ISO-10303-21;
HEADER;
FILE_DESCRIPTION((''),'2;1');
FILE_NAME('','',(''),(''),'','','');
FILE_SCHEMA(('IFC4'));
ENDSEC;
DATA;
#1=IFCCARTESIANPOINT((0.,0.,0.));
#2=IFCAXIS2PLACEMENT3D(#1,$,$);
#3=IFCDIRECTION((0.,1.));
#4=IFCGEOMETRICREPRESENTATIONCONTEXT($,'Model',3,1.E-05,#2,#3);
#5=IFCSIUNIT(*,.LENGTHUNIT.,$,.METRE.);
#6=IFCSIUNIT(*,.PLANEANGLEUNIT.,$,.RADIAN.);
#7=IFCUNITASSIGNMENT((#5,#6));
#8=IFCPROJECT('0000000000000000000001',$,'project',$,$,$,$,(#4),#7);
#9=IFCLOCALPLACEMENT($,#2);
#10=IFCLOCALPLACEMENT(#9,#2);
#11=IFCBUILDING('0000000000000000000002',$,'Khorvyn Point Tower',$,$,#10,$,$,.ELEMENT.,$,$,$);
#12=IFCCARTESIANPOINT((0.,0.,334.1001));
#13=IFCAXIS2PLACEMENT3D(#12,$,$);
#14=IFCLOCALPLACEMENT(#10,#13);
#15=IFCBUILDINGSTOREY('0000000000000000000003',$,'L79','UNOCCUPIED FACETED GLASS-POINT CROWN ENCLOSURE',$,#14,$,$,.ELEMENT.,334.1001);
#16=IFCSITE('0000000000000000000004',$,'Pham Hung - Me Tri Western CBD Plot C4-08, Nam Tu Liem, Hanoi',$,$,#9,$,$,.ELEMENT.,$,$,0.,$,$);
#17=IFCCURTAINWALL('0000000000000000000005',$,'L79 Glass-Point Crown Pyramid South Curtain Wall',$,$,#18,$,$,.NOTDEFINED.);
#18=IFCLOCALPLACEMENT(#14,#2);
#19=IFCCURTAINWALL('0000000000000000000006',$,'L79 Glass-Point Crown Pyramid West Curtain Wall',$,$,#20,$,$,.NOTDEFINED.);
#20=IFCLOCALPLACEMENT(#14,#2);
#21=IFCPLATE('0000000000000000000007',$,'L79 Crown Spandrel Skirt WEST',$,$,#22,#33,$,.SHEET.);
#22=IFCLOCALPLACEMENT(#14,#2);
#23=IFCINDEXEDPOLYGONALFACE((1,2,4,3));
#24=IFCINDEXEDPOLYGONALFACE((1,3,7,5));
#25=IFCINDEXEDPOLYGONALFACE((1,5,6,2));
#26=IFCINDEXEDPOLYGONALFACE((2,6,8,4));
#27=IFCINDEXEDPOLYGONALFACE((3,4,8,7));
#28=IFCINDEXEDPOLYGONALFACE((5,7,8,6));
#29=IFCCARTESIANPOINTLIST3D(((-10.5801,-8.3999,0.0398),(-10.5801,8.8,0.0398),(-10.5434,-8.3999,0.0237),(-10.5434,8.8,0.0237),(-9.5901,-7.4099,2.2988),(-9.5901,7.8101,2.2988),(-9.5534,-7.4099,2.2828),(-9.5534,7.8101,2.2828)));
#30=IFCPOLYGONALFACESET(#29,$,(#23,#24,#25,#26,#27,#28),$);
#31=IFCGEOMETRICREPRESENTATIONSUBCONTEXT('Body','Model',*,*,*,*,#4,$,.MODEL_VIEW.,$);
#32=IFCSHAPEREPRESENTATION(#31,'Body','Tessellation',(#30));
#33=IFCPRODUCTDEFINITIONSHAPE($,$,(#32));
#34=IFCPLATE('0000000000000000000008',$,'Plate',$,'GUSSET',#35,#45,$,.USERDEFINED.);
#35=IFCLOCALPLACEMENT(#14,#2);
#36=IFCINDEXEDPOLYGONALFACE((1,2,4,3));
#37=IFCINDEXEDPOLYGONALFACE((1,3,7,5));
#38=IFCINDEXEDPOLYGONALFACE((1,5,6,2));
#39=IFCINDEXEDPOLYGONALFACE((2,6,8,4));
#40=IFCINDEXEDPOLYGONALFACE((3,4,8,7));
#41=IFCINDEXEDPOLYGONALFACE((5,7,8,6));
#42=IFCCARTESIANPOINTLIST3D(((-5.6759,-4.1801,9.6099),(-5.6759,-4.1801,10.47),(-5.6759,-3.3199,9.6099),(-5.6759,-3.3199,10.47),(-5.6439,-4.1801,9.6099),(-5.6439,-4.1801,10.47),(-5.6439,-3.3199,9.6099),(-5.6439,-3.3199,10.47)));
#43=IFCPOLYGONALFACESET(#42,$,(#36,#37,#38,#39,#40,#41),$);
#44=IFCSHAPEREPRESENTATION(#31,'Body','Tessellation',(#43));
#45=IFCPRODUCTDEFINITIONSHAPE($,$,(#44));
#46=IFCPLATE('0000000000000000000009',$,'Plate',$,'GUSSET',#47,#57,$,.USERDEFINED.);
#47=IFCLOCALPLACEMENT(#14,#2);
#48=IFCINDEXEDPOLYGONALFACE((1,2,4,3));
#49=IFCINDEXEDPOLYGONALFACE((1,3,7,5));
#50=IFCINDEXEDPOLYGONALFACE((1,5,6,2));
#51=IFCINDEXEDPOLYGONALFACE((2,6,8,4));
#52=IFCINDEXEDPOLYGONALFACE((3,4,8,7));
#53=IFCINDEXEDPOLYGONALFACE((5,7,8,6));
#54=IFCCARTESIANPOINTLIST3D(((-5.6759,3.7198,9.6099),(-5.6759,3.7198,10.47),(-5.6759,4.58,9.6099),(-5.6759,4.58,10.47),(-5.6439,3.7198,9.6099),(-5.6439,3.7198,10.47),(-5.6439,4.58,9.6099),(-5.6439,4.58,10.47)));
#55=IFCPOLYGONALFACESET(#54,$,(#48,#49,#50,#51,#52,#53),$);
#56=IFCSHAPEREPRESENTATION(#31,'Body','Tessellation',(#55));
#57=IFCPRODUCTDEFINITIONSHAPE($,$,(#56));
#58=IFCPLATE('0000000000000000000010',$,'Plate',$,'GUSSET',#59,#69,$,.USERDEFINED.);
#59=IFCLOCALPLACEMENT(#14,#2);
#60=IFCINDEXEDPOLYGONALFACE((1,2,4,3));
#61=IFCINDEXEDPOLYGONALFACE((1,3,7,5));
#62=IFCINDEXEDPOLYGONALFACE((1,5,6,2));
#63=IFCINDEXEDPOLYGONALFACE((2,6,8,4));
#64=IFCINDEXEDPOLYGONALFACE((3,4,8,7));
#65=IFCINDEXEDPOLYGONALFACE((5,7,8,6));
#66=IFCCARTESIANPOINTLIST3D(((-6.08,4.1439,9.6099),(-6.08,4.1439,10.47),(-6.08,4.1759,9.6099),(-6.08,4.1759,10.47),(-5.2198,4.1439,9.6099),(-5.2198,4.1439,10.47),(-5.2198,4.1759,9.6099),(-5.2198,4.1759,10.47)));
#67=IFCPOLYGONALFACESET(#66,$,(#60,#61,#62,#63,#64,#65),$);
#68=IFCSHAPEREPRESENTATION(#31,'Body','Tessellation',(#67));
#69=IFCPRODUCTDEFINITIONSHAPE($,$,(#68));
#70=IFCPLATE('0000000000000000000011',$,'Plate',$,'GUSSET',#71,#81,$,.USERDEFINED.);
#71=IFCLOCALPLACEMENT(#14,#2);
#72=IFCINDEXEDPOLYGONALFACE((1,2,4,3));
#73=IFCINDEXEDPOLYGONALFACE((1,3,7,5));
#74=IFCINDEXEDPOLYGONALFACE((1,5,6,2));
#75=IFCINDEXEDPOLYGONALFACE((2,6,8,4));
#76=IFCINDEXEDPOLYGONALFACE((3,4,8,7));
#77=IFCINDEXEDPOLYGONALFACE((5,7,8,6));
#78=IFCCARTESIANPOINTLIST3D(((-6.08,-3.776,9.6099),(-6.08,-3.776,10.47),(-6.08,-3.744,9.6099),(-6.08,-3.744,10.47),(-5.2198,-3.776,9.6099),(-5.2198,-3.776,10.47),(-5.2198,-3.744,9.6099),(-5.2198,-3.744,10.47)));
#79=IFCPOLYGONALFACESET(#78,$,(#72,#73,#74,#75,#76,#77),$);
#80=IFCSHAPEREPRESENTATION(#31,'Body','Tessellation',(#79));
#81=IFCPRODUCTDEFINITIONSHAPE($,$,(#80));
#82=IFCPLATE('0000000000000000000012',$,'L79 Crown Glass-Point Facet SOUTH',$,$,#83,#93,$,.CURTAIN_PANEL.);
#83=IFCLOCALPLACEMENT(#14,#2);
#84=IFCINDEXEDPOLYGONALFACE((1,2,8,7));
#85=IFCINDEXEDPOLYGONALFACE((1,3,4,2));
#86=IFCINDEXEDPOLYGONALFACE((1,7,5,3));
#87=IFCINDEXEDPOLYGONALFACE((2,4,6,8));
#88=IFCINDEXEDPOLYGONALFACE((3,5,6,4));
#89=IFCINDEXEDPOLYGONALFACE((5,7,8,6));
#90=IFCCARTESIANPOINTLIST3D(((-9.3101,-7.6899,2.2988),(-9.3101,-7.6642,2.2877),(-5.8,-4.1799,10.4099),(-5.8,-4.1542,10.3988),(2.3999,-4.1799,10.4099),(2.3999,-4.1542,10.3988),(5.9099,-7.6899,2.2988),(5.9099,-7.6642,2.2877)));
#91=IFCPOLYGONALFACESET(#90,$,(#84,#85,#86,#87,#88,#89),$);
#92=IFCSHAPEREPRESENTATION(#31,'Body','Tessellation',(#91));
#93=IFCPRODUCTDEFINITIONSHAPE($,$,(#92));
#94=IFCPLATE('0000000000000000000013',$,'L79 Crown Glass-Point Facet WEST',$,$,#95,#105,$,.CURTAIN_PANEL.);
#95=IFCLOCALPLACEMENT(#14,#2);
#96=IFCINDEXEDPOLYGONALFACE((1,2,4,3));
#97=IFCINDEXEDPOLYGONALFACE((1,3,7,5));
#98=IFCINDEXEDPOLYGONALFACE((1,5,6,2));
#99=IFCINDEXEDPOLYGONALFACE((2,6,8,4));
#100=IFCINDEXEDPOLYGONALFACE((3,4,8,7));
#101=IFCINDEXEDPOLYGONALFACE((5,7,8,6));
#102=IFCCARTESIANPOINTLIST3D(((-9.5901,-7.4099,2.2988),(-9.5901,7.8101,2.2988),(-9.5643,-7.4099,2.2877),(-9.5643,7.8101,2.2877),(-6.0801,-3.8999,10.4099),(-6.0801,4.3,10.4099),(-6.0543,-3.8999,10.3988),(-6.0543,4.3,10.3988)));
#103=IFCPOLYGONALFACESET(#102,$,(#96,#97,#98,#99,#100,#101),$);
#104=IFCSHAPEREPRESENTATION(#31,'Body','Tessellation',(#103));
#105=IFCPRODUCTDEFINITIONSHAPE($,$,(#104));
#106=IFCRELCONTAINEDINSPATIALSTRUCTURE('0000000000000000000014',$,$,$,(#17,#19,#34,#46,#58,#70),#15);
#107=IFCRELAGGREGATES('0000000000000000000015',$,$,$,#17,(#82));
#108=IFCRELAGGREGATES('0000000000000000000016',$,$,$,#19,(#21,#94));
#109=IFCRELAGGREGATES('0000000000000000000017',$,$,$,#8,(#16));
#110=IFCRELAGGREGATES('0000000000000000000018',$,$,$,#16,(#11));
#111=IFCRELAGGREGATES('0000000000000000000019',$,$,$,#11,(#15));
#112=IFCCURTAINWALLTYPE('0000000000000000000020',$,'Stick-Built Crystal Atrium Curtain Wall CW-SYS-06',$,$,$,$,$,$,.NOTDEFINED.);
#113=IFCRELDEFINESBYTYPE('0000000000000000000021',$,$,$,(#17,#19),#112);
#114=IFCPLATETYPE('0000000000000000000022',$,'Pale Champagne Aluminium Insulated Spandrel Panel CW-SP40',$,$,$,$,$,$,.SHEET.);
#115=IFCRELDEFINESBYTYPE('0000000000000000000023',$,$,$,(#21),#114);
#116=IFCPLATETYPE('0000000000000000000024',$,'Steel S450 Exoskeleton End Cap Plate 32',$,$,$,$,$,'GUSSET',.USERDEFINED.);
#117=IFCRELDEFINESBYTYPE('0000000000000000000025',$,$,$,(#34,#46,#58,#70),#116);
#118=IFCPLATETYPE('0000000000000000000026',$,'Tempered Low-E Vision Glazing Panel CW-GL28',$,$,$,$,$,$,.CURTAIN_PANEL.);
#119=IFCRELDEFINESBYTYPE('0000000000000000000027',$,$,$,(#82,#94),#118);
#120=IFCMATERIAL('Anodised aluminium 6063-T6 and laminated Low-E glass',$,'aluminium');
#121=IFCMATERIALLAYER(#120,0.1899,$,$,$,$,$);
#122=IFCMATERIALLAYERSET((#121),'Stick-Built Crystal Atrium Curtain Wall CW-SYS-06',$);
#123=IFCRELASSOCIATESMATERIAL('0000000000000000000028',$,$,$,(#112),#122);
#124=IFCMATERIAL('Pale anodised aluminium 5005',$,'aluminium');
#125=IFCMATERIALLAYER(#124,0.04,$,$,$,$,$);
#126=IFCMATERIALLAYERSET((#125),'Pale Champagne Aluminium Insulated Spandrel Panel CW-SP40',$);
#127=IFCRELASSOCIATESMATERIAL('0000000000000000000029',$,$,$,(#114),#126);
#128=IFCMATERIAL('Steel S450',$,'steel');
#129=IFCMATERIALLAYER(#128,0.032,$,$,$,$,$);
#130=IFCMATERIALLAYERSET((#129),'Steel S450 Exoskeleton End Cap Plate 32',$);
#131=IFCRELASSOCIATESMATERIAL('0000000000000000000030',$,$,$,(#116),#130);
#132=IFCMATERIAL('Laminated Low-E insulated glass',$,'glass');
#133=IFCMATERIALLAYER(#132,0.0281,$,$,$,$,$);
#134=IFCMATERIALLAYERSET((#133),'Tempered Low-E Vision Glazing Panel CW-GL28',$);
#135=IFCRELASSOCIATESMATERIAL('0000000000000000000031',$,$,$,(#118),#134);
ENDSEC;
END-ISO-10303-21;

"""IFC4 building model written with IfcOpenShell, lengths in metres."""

from ifc_helpers import new_model, si_unit, direction, frame, origin, origin_2d, place, context, subcontext, project, spatial, polyline, rectangle, outline, extrude, material, layer, layer_set, type_object, element, aggregate, save


model = new_model("IFC4")

# Units and contexts
model_context = context("Model", 3, precision=1e-05, world=origin(), true_north=direction((0.0, 1.0)))
body_context = subcontext(model_context, "Body", "Model", "MODEL_VIEW")
ifc_project = project(units=[si_unit("LENGTHUNIT", "METRE"), si_unit("PLANEANGLEUNIT", "RADIAN")], contexts=[model_context])

# Site, building, storey
site_placement = place(None, origin())
site = spatial("IfcSite", under=ifc_project, at=site_placement, Name="Pham Hung - Me Tri Western CBD Plot C4-08, Nam Tu Liem, Hanoi", CompositionType="ELEMENT", RefElevation=0.0)
building_placement = place(site_placement, origin())
building = spatial("IfcBuilding", under=site, at=building_placement, Name="Khorvyn Point Tower", CompositionType="ELEMENT")
storey_placement = place(building_placement, frame((0.0, 0.0, 334.1001)))
storey = spatial("IfcBuildingStorey", under=building, at=storey_placement, Name="L79", Description="UNOCCUPIED FACETED GLASS-POINT CROWN ENCLOSURE", CompositionType="ELEMENT", Elevation=334.1001)

# Curtain walls
ifc_material_1 = material(Name="Anodised aluminium 6063-T6 and laminated Low-E glass", Category="aluminium")
ifc_layer_1 = layer(ifc_material_1, 0.1899)
ifc_layer_set_1 = layer_set([ifc_layer_1], Name="Stick-Built Crystal Atrium Curtain Wall CW-SYS-06")
curtain_wall_type = type_object("IfcCurtainWallType", Name="Stick-Built Crystal Atrium Curtain Wall CW-SYS-06", PredefinedType="NOTDEFINED", material=ifc_layer_set_1)
curtain_wall_1_placement = place(storey_placement, origin())
curtain_wall_1 = element("IfcCurtainWall", 1, at=curtain_wall_1_placement, inside=storey, type_object=curtain_wall_type, Name="L79 Glass-Point Crown Pyramid South Curtain Wall", PredefinedType="NOTDEFINED")
curtain_wall_2_placement = place(storey_placement, origin())
curtain_wall_2 = element("IfcCurtainWall", 2, at=curtain_wall_2_placement, inside=storey, type_object=curtain_wall_type, Name="L79 Glass-Point Crown Pyramid West Curtain Wall", PredefinedType="NOTDEFINED")

# Shared definitions
ifc_material_2 = material(Name="Steel S450", Category="steel")

# Plate
ifc_material_3 = material(Name="Pale anodised aluminium 5005", Category="aluminium")
ifc_layer_2 = layer(ifc_material_3, 0.04)
ifc_layer_set_2 = layer_set([ifc_layer_2], Name="Pale Champagne Aluminium Insulated Spandrel Panel CW-SP40")
plate_type_1 = type_object("IfcPlateType", Name="Pale Champagne Aluminium Insulated Spandrel Panel CW-SP40", PredefinedType="SHEET", material=ifc_layer_set_2)
plate_1_placement = place(storey_placement, frame((-10.5801, 8.8, 0.0398), z_axis=(-0.91591, 0.0, 0.401385), x_axis=(0.0, -1.0, 0.0)))
plate_1 = element("IfcPlate", 3, at=plate_1_placement, type_object=plate_type_1, Name="L79 Crown Spandrel Skirt WEST", PredefinedType="SHEET", context=body_context, shape_type="SweptSolid", body=[
    extrude(outline(polyline([(0.0, 0.0), (17.2, 0.0), (16.21, 2.4664), (0.99, 2.4664), (0.0, 0.0)])), origin(), (0.0, 0.0, -1.0), 0.04),
])

# Plates
ifc_layer_3 = layer(ifc_material_2, 0.032)
ifc_layer_set_3 = layer_set([ifc_layer_3], Name="Steel S450 Exoskeleton End Cap Plate 32")
plate_type_2 = type_object("IfcPlateType", Name="Steel S450 Exoskeleton End Cap Plate 32", ElementType="GUSSET", PredefinedType="USERDEFINED", material=ifc_layer_set_3)
for number, where, z_axis, x_axis, name in (
    (4, (-5.6599, -3.75, 9.6099), (0.0, 0.0, 1.0), (1.0, 0.0, 0.0), "Plate"),
    (5, (-5.6599, 4.1499, 9.6099), (0.0, 0.0, 1.0), (1.0, 0.0, 0.0), "Plate"),
):
    element("IfcPlate", number, at=place(storey_placement, frame(where, z_axis=z_axis, x_axis=x_axis)), inside=storey, type_object=plate_type_2, Name=name, ObjectType="GUSSET", PredefinedType="USERDEFINED", context=body_context, shape_type="SweptSolid", body=[
        extrude(rectangle(XDim=0.032, YDim=0.8601, at=origin_2d()), origin(), (0.0, 0.0, 1.0), 0.8601),
    ])
for number, where, z_axis, x_axis, name in (
    (6, (-5.6499, 4.1599, 9.6099), (0.0, 0.0, 1.0), (1.0, 0.0, 0.0), "Plate"),
    (7, (-5.6499, -3.76, 9.6099), (0.0, 0.0, 1.0), (1.0, 0.0, 0.0), "Plate"),
):
    element("IfcPlate", number, at=place(storey_placement, frame(where, z_axis=z_axis, x_axis=x_axis)), inside=storey, type_object=plate_type_2, Name=name, ObjectType="GUSSET", PredefinedType="USERDEFINED", context=body_context, shape_type="SweptSolid", body=[
        extrude(rectangle(XDim=0.8601, YDim=0.032, at=origin_2d()), origin(), (0.0, 0.0, 1.0), 0.8601),
    ])

# Plates
ifc_material_4 = material(Name="Laminated Low-E insulated glass", Category="glass")
ifc_layer_4 = layer(ifc_material_4, 0.0281)
ifc_layer_set_4 = layer_set([ifc_layer_4], Name="Tempered Low-E Vision Glazing Panel CW-GL28")
plate_type_3 = type_object("IfcPlateType", Name="Tempered Low-E Vision Glazing Panel CW-GL28", PredefinedType="CURTAIN_PANEL", material=ifc_layer_set_4)
plate_2_placement = place(storey_placement, frame((-9.3101, -7.6899, 2.2988), z_axis=(0.0, -0.917753, 0.397151), x_axis=(1.0, 0.0, 0.0)))
plate_2 = element("IfcPlate", 8, at=plate_2_placement, type_object=plate_type_3, Name="L79 Crown Glass-Point Facet SOUTH", PredefinedType="CURTAIN_PANEL", context=body_context, shape_type="SweptSolid", body=[
    extrude(outline(polyline([(0.0, 0.0), (15.22, 0.0), (11.71, 8.838), (3.51, 8.838), (0.0, 0.0)])), origin(), (0.0, 0.0, -1.0), 0.0281),
])
aggregate(curtain_wall_1, [plate_2])
plate_3_placement = place(storey_placement, frame((-9.5901, 7.8101, 2.2988), z_axis=(-0.917753, 0.0, 0.397151), x_axis=(0.0, -1.0, 0.0)))
plate_3 = element("IfcPlate", 9, at=plate_3_placement, type_object=plate_type_3, Name="L79 Crown Glass-Point Facet WEST", PredefinedType="CURTAIN_PANEL", context=body_context, shape_type="SweptSolid", body=[
    extrude(outline(polyline([(0.0, 0.0), (15.22, 0.0), (11.71, 8.838), (3.51, 8.838), (0.0, 0.0)])), origin(), (0.0, 0.0, -1.0), 0.0281),
])
aggregate(curtain_wall_2, [plate_1, plate_3])

save(model, "model.ifc")
